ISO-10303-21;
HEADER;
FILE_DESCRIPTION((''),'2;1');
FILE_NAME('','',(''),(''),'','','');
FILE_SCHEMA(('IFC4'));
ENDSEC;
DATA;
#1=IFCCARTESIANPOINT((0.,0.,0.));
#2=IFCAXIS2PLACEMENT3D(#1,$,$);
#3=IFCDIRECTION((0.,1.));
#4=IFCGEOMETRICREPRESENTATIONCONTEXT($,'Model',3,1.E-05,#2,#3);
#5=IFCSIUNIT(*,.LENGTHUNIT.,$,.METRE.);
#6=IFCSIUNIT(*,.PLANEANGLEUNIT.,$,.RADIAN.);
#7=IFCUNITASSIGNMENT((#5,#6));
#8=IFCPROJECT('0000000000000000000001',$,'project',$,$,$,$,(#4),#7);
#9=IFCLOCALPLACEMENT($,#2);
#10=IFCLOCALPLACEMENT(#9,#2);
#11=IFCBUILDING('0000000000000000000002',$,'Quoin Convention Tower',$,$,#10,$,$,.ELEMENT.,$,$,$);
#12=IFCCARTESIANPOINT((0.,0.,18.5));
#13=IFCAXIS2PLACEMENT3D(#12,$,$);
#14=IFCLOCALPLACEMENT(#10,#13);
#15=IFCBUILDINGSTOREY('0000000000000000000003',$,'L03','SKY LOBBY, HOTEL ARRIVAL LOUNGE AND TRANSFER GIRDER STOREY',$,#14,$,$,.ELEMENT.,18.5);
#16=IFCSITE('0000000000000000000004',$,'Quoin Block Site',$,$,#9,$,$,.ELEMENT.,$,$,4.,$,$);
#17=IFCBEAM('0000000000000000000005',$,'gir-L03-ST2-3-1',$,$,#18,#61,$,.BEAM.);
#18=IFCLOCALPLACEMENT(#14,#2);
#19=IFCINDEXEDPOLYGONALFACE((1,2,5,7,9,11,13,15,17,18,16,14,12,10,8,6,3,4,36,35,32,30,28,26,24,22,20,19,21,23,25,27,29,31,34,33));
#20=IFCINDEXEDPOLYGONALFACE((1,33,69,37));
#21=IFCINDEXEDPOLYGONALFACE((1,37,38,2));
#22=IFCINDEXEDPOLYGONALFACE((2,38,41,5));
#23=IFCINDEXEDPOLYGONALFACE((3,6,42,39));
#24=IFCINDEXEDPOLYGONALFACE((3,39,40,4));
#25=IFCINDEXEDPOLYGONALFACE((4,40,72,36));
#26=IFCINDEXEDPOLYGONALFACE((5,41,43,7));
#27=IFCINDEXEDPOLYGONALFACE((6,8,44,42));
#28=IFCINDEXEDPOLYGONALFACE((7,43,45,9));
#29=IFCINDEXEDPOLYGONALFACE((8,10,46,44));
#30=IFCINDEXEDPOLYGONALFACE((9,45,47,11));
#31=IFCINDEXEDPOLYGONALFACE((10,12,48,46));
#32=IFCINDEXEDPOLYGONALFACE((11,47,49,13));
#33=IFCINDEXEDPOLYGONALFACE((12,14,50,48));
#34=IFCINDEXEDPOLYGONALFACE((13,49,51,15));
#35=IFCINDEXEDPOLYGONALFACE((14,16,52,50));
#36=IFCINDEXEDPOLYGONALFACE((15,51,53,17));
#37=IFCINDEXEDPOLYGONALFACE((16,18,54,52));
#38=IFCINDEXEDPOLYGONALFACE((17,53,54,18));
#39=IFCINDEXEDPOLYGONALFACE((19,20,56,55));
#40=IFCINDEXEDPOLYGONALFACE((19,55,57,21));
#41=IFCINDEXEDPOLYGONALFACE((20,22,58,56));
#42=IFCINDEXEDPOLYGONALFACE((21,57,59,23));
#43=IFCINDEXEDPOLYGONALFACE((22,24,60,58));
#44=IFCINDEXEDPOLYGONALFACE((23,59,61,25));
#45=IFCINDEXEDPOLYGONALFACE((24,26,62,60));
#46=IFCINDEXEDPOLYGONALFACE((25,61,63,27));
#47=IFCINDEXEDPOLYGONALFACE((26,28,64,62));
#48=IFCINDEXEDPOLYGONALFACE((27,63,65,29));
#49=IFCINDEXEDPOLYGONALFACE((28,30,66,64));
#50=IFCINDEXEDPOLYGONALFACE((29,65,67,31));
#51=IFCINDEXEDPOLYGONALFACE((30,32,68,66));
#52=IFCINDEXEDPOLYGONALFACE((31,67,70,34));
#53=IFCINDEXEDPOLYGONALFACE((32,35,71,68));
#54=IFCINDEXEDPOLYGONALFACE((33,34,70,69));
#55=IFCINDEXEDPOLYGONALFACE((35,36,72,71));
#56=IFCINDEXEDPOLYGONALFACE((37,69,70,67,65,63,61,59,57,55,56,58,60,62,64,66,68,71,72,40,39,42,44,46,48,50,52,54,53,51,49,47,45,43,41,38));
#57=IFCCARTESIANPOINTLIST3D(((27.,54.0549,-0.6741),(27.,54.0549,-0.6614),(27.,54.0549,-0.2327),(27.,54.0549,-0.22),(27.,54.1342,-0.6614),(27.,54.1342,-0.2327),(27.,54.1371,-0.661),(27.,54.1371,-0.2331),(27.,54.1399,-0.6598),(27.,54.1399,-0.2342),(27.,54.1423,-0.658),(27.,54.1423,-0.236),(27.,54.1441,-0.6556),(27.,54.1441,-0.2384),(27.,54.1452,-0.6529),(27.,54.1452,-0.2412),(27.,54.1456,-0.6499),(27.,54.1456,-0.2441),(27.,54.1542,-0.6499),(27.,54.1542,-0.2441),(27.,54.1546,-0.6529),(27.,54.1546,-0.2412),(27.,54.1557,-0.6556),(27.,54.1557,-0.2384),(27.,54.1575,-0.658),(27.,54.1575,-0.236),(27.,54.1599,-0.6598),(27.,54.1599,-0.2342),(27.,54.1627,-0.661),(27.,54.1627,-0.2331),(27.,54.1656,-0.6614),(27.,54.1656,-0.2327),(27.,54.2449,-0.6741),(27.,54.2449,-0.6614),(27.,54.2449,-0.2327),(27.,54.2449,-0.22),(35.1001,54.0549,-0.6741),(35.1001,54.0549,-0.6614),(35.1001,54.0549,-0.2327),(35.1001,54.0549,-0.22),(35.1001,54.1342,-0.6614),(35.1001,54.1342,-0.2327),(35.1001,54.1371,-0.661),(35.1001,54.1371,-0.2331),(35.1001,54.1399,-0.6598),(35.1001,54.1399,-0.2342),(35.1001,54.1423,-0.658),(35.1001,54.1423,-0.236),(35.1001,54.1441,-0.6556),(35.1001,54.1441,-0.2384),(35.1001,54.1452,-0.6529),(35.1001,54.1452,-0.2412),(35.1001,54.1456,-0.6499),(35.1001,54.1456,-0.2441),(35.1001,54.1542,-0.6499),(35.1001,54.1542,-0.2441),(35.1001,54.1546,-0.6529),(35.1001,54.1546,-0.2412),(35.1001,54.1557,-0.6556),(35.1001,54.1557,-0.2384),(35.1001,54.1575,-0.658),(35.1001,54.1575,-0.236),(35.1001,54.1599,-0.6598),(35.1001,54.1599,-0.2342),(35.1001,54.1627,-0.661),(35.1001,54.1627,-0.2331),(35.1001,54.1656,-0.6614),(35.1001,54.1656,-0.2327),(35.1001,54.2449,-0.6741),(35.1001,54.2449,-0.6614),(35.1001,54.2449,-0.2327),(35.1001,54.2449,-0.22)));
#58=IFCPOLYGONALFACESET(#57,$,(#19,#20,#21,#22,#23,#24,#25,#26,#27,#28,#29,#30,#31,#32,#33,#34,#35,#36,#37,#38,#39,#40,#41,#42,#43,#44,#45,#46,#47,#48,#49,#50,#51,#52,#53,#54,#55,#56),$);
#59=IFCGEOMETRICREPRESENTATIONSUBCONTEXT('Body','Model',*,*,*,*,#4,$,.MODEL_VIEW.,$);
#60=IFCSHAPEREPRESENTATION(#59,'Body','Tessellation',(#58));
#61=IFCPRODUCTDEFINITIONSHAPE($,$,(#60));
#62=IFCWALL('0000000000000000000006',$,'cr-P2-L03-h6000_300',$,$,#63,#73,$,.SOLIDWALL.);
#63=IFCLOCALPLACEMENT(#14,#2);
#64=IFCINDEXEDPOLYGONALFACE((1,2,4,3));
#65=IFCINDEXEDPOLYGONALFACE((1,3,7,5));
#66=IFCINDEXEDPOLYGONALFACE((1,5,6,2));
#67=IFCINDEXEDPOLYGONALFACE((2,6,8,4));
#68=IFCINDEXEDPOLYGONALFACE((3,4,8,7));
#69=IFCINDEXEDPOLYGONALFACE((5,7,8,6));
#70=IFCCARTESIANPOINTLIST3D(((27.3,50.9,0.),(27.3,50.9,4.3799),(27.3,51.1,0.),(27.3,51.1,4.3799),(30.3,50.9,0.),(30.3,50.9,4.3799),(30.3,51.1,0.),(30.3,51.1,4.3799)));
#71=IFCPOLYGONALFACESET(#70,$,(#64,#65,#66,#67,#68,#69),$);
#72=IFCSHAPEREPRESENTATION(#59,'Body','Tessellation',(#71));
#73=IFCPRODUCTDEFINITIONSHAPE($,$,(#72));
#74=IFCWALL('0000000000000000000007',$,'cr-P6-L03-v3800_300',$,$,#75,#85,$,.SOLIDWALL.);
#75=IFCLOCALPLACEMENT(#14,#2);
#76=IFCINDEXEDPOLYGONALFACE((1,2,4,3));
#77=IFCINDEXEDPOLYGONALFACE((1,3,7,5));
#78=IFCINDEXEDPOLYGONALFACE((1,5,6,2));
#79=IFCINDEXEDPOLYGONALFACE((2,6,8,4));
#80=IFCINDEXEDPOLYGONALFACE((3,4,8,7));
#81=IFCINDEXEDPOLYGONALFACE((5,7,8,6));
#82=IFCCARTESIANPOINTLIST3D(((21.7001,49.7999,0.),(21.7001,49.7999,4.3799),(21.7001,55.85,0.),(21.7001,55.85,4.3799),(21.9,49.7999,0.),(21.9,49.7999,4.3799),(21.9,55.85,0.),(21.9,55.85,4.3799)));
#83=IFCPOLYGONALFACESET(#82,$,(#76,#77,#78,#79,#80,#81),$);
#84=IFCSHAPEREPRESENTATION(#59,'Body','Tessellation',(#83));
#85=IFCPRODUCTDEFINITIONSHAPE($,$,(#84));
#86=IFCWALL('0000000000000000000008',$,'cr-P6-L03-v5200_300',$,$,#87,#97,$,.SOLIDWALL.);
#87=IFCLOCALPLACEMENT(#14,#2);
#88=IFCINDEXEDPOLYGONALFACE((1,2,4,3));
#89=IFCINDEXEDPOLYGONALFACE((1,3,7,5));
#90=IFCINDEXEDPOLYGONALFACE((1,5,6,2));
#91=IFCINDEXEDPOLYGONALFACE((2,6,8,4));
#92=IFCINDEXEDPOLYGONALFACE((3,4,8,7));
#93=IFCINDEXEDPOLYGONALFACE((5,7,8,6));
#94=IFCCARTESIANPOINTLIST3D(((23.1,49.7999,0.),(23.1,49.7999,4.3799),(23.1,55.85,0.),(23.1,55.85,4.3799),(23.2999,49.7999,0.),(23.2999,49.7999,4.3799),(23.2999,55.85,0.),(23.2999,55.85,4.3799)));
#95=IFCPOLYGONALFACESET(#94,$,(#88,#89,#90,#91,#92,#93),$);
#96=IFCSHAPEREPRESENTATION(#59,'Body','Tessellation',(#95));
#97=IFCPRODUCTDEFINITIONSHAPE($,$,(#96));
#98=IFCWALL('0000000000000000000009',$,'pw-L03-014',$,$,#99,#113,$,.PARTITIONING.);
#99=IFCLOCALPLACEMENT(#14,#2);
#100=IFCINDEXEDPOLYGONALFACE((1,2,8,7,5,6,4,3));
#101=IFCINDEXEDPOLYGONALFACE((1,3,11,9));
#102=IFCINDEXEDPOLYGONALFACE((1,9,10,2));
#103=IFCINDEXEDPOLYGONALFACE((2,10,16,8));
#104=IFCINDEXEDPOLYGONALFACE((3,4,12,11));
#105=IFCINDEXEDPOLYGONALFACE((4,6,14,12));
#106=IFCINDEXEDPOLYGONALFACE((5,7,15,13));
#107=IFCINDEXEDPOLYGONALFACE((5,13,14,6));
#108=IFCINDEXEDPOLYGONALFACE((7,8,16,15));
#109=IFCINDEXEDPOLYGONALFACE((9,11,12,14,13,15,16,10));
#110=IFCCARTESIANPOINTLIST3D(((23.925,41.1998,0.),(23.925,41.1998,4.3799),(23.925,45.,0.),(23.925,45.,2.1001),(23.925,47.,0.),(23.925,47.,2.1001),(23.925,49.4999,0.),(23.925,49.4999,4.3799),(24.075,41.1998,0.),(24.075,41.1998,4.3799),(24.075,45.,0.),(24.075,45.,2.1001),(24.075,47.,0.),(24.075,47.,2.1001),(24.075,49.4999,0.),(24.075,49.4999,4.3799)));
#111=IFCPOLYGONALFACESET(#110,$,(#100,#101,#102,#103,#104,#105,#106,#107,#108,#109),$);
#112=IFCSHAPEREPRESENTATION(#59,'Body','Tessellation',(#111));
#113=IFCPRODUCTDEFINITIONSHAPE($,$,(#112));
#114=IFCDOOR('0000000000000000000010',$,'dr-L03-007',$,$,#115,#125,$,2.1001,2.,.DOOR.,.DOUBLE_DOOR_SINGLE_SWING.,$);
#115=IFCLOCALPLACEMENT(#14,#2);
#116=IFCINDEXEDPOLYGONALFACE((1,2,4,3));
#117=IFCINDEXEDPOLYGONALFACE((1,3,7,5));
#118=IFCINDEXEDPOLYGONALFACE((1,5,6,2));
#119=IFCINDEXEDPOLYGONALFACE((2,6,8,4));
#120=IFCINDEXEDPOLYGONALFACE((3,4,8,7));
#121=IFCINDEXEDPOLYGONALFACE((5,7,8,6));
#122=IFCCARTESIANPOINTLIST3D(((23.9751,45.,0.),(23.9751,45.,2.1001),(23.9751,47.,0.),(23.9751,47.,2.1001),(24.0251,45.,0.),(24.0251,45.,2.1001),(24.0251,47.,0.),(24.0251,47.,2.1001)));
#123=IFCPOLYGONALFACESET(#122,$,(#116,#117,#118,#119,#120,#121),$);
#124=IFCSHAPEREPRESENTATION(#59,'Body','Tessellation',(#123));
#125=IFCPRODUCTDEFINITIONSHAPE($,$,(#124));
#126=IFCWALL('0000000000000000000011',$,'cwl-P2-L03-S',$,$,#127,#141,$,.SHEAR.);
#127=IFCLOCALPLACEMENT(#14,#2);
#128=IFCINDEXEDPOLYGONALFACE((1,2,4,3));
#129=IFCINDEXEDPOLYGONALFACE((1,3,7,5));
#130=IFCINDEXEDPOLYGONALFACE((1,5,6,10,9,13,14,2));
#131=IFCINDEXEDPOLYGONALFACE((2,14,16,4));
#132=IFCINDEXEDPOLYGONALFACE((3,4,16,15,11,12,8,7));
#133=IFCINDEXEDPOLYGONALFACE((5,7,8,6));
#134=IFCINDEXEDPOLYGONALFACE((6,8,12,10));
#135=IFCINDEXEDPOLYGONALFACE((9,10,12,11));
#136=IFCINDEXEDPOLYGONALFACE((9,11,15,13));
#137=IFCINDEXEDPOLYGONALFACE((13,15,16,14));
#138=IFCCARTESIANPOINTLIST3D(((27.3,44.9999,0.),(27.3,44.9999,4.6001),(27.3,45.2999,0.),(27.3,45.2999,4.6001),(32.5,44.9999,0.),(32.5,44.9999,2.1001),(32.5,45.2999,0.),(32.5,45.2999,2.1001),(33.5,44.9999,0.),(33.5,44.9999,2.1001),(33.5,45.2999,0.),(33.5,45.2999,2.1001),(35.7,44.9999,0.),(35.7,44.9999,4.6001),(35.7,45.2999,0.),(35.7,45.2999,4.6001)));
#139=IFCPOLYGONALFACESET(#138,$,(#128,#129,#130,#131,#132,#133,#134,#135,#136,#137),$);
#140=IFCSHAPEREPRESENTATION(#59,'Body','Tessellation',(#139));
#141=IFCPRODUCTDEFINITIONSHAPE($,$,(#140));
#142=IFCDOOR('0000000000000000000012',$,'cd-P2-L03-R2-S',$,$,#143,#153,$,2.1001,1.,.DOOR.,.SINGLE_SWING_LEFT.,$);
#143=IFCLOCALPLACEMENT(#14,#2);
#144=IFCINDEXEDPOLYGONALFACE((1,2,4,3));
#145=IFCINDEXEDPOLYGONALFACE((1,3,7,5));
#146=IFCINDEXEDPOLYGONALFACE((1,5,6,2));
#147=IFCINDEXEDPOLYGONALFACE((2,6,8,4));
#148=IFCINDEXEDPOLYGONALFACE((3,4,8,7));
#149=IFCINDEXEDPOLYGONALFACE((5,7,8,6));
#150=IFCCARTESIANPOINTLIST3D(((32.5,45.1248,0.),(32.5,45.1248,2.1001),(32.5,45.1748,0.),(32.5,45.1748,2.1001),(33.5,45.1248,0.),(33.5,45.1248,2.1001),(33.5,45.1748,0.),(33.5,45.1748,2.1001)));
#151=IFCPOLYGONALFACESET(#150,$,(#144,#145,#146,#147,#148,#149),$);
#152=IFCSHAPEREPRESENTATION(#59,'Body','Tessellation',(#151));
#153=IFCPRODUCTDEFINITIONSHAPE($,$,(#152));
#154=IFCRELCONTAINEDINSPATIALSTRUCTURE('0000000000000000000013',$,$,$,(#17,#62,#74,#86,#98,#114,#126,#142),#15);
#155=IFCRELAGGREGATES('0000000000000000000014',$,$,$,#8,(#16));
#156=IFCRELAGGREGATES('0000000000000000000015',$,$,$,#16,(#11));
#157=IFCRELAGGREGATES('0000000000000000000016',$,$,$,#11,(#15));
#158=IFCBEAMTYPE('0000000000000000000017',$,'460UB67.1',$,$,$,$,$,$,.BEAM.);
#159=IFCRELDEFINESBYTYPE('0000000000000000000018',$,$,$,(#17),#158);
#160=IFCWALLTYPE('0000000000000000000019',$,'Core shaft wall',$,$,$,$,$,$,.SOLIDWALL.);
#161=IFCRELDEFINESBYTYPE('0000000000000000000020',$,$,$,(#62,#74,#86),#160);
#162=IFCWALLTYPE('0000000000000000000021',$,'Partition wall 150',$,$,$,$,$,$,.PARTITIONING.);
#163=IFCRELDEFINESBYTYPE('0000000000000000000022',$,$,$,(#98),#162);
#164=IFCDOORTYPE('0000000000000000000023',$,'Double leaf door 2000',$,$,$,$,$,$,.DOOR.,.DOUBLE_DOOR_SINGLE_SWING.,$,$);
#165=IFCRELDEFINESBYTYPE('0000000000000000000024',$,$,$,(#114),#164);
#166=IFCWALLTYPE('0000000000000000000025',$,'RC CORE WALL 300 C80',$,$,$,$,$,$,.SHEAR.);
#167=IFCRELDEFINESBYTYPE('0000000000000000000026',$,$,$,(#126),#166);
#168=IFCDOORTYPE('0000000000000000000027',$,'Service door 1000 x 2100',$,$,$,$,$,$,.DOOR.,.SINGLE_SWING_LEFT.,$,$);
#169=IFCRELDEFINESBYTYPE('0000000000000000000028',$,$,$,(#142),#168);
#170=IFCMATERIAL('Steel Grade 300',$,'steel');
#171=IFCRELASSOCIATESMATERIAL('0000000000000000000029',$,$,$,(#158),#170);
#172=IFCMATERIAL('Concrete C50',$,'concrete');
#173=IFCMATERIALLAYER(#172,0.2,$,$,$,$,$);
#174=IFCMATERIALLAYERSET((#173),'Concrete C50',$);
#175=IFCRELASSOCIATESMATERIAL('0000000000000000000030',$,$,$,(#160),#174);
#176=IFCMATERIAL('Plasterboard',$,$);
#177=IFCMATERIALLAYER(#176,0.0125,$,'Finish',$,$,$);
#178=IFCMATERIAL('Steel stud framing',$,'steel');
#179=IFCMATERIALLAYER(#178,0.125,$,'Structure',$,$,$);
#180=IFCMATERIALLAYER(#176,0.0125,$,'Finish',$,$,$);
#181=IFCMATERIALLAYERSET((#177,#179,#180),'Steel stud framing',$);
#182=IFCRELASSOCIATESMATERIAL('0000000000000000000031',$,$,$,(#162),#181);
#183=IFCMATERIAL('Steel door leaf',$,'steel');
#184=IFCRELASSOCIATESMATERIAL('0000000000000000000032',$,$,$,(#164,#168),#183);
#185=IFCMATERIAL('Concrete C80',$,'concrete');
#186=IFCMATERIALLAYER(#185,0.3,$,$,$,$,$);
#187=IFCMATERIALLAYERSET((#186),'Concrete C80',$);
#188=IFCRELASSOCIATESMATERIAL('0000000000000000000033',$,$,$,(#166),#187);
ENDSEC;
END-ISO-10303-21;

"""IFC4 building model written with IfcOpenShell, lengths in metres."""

from ifc_helpers import new_model, si_unit, direction, frame, frame_2d, origin, origin_2d, place, context, subcontext, project, spatial, rectangle, i_section, extrude, material, layer, layer_set, material_profile, profile_set, type_object, element, fill, save


model = new_model("IFC4")

# Units and contexts
model_context = context("Model", 3, precision=1e-05, world=origin(), true_north=direction((0.0, 1.0)))
body_context = subcontext(model_context, "Body", "Model", "MODEL_VIEW")
ifc_project = project(units=[si_unit("LENGTHUNIT", "METRE"), si_unit("PLANEANGLEUNIT", "RADIAN")], contexts=[model_context])

# Site, building, storey
site_placement = place(None, origin())
site = spatial("IfcSite", under=ifc_project, at=site_placement, Name="Quoin Block Site", CompositionType="ELEMENT", RefElevation=4.0)
building_placement = place(site_placement, origin())
building = spatial("IfcBuilding", under=site, at=building_placement, Name="Quoin Convention Tower", CompositionType="ELEMENT")
storey_placement = place(building_placement, frame((0.0, 0.0, 18.5)))
storey = spatial("IfcBuildingStorey", under=building, at=storey_placement, Name="L03", Description="SKY LOBBY, HOTEL ARRIVAL LOUNGE AND TRANSFER GIRDER STOREY", CompositionType="ELEMENT", Elevation=18.5)

# Beam
ifc_material_1 = material(Name="Steel Grade 300", Category="steel")
ifc_material_profile = material_profile(ifc_material_1, i_section(OverallWidth=0.1899, OverallDepth=0.4541, WebThickness=0.0085, FlangeThickness=0.0127, FilletRadius=0.0115, at=origin_2d()), Name="460UB67.1")
ifc_profile_set = profile_set([ifc_material_profile], Name="Steel Grade 300")
beam_type = type_object("IfcBeamType", Name="460UB67.1", PredefinedType="BEAM", material=ifc_profile_set)
beam_placement = place(storey_placement, frame((27.0, 54.1499, -0.447), z_axis=(1.0, 0.0, 0.0), x_axis=(0.0, 1.0, 0.0)))
element("IfcBeam", 1, at=beam_placement, inside=storey, type_object=beam_type, Name="gir-L03-ST2-3-1", PredefinedType="BEAM", context=body_context, shape_type="SweptSolid", body=[
    extrude(i_section(OverallWidth=0.1899, OverallDepth=0.4541, WebThickness=0.0085, FlangeThickness=0.0127, FilletRadius=0.0115, at=origin_2d()), origin(), (0.0, 0.0, 1.0), 8.1001),
])

# Walls
ifc_material_2 = material(Name="Concrete C50", Category="concrete")
ifc_layer_1 = layer(ifc_material_2, 0.2)
ifc_layer_set_1 = layer_set([ifc_layer_1], Name="Concrete C50")
wall_type_1 = type_object("IfcWallType", Name="Core shaft wall", PredefinedType="SOLIDWALL", material=ifc_layer_set_1)
wall_1_placement = place(storey_placement, frame((27.3, 51.0, 0.0), z_axis=(0.0, 0.0, 1.0), x_axis=(1.0, 0.0, 0.0)))
element("IfcWall", 2, at=wall_1_placement, inside=storey, type_object=wall_type_1, Name="cr-P2-L03-h6000_300", PredefinedType="SOLIDWALL", context=body_context, shape_type="SweptSolid", body=[
    extrude(rectangle(XDim=3.0, YDim=0.2, at=frame_2d((1.5, 0.0))), origin(), (0.0, 0.0, 1.0), 4.3799),
])
for number, where, z_axis, x_axis, name in (
    (3, (21.8, 49.8, 0.0), (0.0, 0.0, 1.0), (0.0, 1.0, 0.0), "cr-P6-L03-v3800_300"),
    (4, (23.2, 49.8, 0.0), (0.0, 0.0, 1.0), (0.0, 1.0, 0.0), "cr-P6-L03-v5200_300"),
):
    element("IfcWall", number, at=place(storey_placement, frame(where, z_axis=z_axis, x_axis=x_axis)), inside=storey, type_object=wall_type_1, Name=name, PredefinedType="SOLIDWALL", context=body_context, shape_type="SweptSolid", body=[
        extrude(rectangle(XDim=6.05, YDim=0.2, at=frame_2d((3.0249, 0.0))), origin(), (0.0, 0.0, 1.0), 4.3799),
    ])

# Walls, openings, doors
ifc_material_3 = material(Name="Plasterboard")
ifc_layer_2 = layer(ifc_material_3, 0.0125, Name="Finish")
ifc_material_4 = material(Name="Steel stud framing", Category="steel")
ifc_layer_3 = layer(ifc_material_4, 0.125, Name="Structure")
ifc_layer_4 = layer(ifc_material_3, 0.0125, Name="Finish")
ifc_layer_set_2 = layer_set([ifc_layer_2, ifc_layer_3, ifc_layer_4], Name="Steel stud framing")
wall_type_2 = type_object("IfcWallType", Name="Partition wall 150", PredefinedType="PARTITIONING", material=ifc_layer_set_2)
wall_2_placement = place(storey_placement, frame((24.0, 41.2, 0.0), z_axis=(0.0, 0.0, 1.0), x_axis=(0.0, 1.0, 0.0)))
wall_2 = element("IfcWall", 5, at=wall_2_placement, inside=storey, type_object=wall_type_2, Name="pw-L03-014", PredefinedType="PARTITIONING", context=body_context, shape_type="SweptSolid", body=[
    extrude(rectangle(XDim=8.3, YDim=0.1499, at=frame_2d((4.1499, 0.0))), origin(), (0.0, 0.0, 1.0), 4.3799),
])
opening_1_placement = place(wall_2_placement, frame((3.8, 0.0, 0.0)))
opening_1 = element("IfcOpeningElement", 6, at=opening_1_placement, cuts=wall_2, PredefinedType="OPENING", context=body_context, shape_type="SweptSolid", body=[
    extrude(rectangle(XDim=2.0, YDim=2.1001, at=frame_2d((1.0, 1.05))), frame((0.0, 0.085, 0.0), z_axis=(0.0, -1.0, 0.0), x_axis=(1.0, 0.0, 0.0)), (0.0, 0.0, 1.0), 0.1699),
])
ifc_material_5 = material(Name="Steel door leaf", Category="steel")
door_type_1 = type_object("IfcDoorType", Name="Double leaf door 2000", OperationType="DOUBLE_DOOR_SINGLE_SWING", PredefinedType="DOOR", material=ifc_material_5)
door_1_placement = place(opening_1_placement, origin())
door_1 = element("IfcDoor", 7, at=door_1_placement, inside=storey, type_object=door_type_1, Name="dr-L03-007", OperationType="DOUBLE_DOOR_SINGLE_SWING", OverallHeight=2.1001, OverallWidth=2.0, PredefinedType="DOOR", context=body_context, shape_type="SweptSolid", body=[
    extrude(rectangle(XDim=2.0, YDim=2.1001, at=frame_2d((1.0, 1.05))), frame((0.0, 0.0249, 0.0), z_axis=(0.0, -1.0, 0.0), x_axis=(1.0, 0.0, 0.0)), (0.0, 0.0, 1.0), 0.05),
])
fill(opening_1, door_1)
ifc_material_6 = material(Name="Concrete C80", Category="concrete")
ifc_layer_5 = layer(ifc_material_6, 0.3)
ifc_layer_set_3 = layer_set([ifc_layer_5], Name="Concrete C80")
wall_type_3 = type_object("IfcWallType", Name="RC CORE WALL 300 C80", PredefinedType="SHEAR", material=ifc_layer_set_3)
wall_3_placement = place(storey_placement, frame((27.3, 45.1499, 0.0), z_axis=(0.0, 0.0, 1.0), x_axis=(1.0, 0.0, 0.0)))
wall_3 = element("IfcWall", 8, at=wall_3_placement, inside=storey, type_object=wall_type_3, Name="cwl-P2-L03-S", PredefinedType="SHEAR", context=body_context, shape_type="SweptSolid", body=[
    extrude(rectangle(XDim=8.3999, YDim=0.3, at=frame_2d((4.2, 0.0))), origin(), (0.0, 0.0, 1.0), 4.6001),
])
opening_2_placement = place(wall_3_placement, frame((5.2, 0.0, 0.0)))
opening_2 = element("IfcOpeningElement", 9, at=opening_2_placement, cuts=wall_3, PredefinedType="OPENING", context=body_context, shape_type="SweptSolid", body=[
    extrude(rectangle(XDim=1.0, YDim=2.1001, at=frame_2d((0.5, 1.05))), frame((0.0, 0.1599, 0.0), z_axis=(0.0, -1.0, 0.0), x_axis=(1.0, 0.0, 0.0)), (0.0, 0.0, 1.0), 0.3201),
])
door_type_2 = type_object("IfcDoorType", Name="Service door 1000 x 2100", OperationType="SINGLE_SWING_LEFT", PredefinedType="DOOR", material=ifc_material_5)
door_2_placement = place(opening_2_placement, origin())
door_2 = element("IfcDoor", 10, at=door_2_placement, inside=storey, type_object=door_type_2, Name="cd-P2-L03-R2-S", OperationType="SINGLE_SWING_LEFT", OverallHeight=2.1001, OverallWidth=1.0, PredefinedType="DOOR", context=body_context, shape_type="SweptSolid", body=[
    extrude(rectangle(XDim=1.0, YDim=2.1001, at=frame_2d((0.5, 1.05))), frame((0.0, 0.0249, 0.0), z_axis=(0.0, -1.0, 0.0), x_axis=(1.0, 0.0, 0.0)), (0.0, 0.0, 1.0), 0.05),
])
fill(opening_2, door_2)

save(model, "model.ifc")
